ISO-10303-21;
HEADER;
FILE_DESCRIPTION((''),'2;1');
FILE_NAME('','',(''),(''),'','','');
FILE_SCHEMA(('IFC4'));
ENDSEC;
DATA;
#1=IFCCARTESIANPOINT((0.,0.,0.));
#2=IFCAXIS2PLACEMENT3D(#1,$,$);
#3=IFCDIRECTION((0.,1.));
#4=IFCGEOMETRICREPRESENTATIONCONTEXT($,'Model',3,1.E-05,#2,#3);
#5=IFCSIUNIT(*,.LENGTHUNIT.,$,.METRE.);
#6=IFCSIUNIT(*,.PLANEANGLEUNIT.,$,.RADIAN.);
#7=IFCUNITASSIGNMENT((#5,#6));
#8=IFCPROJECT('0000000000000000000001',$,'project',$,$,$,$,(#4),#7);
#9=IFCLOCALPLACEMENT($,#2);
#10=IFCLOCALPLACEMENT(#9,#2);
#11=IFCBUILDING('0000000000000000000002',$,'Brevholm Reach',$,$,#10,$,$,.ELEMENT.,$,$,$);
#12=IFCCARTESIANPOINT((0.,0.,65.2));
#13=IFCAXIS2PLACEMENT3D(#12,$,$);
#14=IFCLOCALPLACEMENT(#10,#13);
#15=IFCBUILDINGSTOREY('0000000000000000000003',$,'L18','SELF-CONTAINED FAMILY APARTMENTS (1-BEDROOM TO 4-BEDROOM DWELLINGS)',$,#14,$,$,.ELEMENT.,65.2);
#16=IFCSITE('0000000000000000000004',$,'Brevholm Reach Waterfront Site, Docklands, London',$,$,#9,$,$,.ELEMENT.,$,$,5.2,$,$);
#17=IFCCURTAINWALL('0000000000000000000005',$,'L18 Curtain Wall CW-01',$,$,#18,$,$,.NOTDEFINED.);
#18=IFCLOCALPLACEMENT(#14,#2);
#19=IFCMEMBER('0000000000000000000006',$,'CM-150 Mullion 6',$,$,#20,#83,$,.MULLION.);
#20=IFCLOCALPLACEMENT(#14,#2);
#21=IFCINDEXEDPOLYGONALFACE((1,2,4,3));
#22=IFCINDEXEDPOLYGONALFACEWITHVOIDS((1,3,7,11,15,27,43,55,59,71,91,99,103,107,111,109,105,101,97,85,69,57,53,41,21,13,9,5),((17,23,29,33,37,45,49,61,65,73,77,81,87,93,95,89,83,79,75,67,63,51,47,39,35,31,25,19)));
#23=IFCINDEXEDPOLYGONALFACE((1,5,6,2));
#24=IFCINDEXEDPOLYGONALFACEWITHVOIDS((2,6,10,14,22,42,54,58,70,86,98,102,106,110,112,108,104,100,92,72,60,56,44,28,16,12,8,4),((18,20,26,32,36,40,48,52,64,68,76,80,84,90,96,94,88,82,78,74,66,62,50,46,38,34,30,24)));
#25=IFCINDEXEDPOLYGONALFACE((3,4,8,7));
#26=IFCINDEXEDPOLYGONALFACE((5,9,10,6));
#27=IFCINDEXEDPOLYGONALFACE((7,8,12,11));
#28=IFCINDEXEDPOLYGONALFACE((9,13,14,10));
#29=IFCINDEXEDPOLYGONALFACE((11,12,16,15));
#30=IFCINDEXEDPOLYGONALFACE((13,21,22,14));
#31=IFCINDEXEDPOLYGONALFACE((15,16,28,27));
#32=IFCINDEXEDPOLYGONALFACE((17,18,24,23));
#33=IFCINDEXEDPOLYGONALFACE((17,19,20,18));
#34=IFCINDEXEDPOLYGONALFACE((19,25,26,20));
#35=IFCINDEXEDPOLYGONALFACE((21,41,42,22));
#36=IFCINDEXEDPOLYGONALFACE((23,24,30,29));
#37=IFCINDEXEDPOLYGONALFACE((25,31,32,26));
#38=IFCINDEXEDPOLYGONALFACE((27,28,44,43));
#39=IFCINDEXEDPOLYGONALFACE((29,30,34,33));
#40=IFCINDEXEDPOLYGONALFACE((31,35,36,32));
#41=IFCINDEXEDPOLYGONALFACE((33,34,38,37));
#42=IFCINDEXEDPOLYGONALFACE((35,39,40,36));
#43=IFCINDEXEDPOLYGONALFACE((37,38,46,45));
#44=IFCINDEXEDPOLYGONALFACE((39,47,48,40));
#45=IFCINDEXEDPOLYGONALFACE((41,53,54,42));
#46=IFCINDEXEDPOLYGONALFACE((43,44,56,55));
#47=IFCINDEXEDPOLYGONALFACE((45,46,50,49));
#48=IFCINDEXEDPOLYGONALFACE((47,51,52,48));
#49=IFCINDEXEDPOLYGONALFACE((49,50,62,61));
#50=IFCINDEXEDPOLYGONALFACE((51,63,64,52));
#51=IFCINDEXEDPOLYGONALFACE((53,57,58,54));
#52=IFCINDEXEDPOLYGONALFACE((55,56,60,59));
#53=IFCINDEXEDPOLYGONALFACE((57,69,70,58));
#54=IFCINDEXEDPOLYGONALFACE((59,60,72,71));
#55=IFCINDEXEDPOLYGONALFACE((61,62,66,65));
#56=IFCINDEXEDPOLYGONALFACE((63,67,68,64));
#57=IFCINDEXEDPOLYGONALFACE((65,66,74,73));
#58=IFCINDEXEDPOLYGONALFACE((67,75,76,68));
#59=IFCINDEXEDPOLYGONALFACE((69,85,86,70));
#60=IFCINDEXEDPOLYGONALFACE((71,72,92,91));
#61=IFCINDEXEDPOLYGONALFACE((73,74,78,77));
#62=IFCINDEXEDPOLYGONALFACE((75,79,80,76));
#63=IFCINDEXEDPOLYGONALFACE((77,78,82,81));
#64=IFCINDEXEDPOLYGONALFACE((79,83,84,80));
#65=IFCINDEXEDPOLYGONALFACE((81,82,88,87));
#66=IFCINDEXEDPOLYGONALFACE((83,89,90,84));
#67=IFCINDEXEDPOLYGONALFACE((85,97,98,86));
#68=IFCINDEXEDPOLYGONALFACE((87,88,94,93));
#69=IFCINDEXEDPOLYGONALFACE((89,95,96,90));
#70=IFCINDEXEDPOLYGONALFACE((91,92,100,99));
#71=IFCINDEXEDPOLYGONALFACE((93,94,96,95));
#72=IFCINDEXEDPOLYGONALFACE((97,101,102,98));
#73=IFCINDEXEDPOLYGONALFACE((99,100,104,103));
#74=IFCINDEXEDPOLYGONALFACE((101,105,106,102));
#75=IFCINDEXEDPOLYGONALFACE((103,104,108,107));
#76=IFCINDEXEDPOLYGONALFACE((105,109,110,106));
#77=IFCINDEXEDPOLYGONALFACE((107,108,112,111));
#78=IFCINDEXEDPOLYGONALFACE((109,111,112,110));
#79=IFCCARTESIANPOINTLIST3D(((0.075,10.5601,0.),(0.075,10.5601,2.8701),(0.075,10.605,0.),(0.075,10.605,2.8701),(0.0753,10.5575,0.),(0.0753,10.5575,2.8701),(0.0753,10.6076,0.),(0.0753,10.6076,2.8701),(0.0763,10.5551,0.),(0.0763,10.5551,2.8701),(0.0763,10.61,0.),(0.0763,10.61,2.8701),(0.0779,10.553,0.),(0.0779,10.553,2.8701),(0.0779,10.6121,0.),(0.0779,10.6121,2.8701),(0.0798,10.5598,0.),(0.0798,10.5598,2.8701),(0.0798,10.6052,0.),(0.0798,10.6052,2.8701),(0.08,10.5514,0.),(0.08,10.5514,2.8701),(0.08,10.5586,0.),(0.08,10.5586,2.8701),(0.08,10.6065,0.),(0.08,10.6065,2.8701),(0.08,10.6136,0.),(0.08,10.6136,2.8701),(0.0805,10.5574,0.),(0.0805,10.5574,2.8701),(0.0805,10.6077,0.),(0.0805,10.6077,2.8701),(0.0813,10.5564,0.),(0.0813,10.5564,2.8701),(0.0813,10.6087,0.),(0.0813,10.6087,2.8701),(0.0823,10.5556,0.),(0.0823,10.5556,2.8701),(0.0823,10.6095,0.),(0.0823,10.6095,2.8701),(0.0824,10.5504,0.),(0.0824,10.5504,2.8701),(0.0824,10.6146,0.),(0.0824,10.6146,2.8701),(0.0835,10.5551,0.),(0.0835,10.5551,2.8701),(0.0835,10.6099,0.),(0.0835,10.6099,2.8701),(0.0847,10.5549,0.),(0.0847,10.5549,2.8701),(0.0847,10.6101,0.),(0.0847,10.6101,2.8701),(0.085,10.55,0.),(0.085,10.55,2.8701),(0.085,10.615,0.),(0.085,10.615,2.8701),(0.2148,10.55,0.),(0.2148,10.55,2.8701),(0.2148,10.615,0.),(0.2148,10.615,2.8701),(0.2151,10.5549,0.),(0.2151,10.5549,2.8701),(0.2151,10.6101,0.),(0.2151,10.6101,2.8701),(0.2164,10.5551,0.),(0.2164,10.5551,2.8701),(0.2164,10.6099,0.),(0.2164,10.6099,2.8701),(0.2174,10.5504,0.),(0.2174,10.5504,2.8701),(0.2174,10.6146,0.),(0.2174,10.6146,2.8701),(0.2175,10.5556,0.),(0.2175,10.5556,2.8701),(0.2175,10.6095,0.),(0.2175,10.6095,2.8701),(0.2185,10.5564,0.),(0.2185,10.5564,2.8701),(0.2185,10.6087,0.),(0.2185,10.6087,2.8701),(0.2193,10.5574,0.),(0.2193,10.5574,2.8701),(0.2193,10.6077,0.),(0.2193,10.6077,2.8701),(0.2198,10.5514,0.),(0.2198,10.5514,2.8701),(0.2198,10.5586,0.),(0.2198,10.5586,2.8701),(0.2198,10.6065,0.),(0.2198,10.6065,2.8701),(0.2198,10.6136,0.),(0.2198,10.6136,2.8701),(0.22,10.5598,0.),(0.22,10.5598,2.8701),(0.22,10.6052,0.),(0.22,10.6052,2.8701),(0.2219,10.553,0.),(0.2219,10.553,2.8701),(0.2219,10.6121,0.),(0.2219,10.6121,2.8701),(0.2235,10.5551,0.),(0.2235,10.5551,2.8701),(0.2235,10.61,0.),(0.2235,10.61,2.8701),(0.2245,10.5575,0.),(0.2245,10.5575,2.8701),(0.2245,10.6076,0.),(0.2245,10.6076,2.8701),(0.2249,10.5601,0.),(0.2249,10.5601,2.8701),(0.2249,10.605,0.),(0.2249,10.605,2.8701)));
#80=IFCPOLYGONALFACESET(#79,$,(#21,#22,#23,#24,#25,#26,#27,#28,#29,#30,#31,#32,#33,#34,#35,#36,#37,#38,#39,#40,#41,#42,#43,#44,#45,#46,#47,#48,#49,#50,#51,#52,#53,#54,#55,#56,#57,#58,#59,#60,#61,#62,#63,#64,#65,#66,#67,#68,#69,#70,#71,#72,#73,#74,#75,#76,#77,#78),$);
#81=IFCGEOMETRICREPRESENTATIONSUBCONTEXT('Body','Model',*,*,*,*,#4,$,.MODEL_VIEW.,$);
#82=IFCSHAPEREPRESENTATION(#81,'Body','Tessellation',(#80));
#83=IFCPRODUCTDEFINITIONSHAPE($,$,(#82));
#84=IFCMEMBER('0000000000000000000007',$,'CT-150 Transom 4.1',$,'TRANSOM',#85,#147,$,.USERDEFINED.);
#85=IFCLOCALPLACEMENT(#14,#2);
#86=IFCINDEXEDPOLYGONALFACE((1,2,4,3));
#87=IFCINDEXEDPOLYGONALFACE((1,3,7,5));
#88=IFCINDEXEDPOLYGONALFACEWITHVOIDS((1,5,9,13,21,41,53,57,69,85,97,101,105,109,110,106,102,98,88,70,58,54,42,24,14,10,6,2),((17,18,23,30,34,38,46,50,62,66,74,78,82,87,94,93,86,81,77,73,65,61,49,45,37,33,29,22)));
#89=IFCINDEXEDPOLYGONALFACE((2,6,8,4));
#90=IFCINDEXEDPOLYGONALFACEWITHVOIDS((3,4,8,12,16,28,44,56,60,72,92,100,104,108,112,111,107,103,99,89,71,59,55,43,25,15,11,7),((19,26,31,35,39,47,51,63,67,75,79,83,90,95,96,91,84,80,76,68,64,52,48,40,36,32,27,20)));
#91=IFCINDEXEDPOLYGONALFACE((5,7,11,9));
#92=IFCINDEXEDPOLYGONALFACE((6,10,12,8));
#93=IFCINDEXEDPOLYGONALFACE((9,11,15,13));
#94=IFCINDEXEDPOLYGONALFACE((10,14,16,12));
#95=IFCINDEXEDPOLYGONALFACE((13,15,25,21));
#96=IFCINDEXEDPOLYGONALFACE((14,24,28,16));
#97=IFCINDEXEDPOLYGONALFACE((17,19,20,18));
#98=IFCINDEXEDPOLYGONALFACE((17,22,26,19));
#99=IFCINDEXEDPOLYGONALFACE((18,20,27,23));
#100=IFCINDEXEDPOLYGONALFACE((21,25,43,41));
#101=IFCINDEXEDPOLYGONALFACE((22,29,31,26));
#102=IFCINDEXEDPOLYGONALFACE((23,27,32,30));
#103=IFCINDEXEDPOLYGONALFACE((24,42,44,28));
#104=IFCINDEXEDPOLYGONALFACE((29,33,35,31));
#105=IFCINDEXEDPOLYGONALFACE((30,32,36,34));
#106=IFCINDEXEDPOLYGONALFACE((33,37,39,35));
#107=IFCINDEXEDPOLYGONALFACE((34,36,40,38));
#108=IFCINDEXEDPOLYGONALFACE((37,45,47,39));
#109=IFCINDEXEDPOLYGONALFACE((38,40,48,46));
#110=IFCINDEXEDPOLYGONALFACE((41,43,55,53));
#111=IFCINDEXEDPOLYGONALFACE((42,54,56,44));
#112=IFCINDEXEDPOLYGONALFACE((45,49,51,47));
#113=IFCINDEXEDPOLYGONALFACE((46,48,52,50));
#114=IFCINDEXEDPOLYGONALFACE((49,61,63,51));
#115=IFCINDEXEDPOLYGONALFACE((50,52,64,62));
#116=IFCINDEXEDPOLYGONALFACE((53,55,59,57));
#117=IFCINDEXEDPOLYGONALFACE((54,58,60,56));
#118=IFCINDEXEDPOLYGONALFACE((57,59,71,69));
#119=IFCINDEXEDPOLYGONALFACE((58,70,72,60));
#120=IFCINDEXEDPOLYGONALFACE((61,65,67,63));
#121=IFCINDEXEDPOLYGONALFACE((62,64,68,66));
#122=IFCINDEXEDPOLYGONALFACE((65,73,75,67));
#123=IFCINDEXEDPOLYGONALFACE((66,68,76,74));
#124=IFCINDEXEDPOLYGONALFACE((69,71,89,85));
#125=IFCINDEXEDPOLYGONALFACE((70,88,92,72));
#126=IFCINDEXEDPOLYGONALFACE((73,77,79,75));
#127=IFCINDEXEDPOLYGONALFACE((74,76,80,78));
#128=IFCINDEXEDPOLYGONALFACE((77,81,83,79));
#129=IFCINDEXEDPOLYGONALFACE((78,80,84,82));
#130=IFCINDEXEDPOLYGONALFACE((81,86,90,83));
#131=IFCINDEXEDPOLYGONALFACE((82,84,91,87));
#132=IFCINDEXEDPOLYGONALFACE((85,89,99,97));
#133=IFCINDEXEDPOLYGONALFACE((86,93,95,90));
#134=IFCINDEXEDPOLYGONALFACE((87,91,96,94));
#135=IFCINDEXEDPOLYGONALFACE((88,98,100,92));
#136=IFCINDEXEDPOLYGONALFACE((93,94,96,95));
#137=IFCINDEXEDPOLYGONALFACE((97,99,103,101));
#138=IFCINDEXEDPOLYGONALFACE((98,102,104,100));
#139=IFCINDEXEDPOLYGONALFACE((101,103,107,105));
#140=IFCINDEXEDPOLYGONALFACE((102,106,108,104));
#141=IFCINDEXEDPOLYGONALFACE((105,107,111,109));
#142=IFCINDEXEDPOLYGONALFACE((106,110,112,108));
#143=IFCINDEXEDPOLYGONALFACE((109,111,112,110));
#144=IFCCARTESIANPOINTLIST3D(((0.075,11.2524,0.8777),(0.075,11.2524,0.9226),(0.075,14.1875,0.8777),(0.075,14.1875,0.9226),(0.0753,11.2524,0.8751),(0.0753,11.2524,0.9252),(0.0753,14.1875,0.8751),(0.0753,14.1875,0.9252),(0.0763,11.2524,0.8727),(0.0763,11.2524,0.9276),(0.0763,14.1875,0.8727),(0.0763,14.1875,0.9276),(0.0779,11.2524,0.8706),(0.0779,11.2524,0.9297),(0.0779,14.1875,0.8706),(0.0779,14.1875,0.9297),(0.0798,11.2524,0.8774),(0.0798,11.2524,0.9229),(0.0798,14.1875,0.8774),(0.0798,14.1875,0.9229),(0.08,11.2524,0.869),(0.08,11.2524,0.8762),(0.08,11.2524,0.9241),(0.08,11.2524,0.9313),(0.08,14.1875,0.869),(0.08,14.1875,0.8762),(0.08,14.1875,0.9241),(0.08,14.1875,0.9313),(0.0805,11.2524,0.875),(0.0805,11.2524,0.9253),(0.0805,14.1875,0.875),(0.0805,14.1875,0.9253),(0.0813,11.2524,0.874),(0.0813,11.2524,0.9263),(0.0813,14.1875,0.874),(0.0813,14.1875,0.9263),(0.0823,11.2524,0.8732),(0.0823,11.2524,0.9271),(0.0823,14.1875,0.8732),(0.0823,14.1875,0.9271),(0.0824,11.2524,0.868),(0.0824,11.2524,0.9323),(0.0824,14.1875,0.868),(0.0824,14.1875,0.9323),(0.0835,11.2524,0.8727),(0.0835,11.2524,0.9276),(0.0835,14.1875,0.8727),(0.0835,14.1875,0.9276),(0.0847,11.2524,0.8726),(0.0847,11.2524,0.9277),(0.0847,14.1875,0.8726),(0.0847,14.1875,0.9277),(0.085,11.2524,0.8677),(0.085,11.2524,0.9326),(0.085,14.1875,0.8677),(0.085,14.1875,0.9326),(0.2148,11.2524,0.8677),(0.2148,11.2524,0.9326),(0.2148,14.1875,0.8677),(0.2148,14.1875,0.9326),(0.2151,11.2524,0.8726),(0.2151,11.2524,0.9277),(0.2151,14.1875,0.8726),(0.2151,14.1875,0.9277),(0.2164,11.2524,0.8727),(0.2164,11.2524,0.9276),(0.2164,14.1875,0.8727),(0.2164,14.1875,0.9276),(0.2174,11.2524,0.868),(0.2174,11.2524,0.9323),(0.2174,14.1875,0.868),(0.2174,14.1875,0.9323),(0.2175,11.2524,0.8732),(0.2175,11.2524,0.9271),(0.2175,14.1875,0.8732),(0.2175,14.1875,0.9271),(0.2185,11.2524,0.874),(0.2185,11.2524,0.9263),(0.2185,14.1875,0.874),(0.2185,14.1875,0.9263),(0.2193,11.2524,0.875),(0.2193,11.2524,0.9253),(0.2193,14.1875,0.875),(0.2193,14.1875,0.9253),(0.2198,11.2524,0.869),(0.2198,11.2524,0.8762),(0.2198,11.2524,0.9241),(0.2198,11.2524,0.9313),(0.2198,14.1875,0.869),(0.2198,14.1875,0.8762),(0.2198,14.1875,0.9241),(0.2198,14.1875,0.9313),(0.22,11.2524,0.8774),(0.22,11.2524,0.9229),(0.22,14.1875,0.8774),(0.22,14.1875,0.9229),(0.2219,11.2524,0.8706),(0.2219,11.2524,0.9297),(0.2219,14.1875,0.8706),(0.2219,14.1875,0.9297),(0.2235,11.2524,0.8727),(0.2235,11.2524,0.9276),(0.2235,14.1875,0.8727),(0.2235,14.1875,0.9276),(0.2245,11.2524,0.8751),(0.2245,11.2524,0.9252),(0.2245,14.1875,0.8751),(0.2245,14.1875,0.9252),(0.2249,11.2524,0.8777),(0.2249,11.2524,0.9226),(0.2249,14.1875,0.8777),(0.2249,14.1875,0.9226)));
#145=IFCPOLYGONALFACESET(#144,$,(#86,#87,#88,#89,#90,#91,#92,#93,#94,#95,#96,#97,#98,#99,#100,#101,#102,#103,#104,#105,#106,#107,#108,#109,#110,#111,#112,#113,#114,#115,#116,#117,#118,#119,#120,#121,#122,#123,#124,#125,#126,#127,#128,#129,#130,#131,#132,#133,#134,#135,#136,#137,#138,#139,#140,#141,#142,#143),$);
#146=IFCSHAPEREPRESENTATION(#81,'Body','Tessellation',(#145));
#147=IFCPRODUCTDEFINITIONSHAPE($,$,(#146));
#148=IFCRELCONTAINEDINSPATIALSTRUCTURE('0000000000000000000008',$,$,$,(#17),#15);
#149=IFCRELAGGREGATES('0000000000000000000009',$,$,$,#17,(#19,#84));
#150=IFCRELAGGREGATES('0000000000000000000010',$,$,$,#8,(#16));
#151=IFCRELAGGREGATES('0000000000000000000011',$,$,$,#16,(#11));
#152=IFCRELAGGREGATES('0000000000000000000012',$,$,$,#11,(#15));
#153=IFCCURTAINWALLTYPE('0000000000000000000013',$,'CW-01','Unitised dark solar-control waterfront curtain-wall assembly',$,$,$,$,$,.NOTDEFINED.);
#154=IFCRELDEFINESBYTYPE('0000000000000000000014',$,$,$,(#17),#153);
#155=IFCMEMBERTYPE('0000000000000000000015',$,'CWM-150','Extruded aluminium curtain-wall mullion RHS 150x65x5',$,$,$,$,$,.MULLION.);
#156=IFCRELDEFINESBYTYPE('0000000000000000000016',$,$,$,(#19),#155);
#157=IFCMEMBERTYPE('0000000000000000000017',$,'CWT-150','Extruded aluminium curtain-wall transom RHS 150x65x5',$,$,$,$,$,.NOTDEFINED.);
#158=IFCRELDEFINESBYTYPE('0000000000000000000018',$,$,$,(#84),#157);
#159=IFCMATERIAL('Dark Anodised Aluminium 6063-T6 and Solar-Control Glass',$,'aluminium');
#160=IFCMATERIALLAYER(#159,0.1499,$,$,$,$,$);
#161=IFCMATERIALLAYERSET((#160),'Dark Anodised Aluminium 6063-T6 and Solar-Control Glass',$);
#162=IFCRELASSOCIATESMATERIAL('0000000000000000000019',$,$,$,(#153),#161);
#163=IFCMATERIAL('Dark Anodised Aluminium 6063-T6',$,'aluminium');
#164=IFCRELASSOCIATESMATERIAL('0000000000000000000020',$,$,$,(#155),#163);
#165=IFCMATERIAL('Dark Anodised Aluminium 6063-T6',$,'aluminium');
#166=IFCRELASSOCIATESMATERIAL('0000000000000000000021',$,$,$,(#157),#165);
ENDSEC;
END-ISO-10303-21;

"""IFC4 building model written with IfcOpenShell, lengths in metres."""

from ifc_helpers import new_model, si_unit, direction, frame, origin, origin_2d, place, context, subcontext, project, spatial, hollow_rectangle, extrude, material, layer, layer_set, material_profile, profile_set, type_object, element, aggregate, save


model = new_model("IFC4")

# Units and contexts
model_context = context("Model", 3, precision=1e-05, world=origin(), true_north=direction((0.0, 1.0)))
body_context = subcontext(model_context, "Body", "Model", "MODEL_VIEW")
ifc_project = project(units=[si_unit("LENGTHUNIT", "METRE"), si_unit("PLANEANGLEUNIT", "RADIAN")], contexts=[model_context])

# Site, building, storey
site_placement = place(None, origin())
site = spatial("IfcSite", under=ifc_project, at=site_placement, Name="Brevholm Reach Waterfront Site, Docklands, London", CompositionType="ELEMENT", RefElevation=5.2)
building_placement = place(site_placement, origin())
building = spatial("IfcBuilding", under=site, at=building_placement, Name="Brevholm Reach", CompositionType="ELEMENT")
storey_placement = place(building_placement, frame((0.0, 0.0, 65.2)))
storey = spatial("IfcBuildingStorey", under=building, at=storey_placement, Name="L18", Description="SELF-CONTAINED FAMILY APARTMENTS (1-BEDROOM TO 4-BEDROOM DWELLINGS)", CompositionType="ELEMENT", Elevation=65.2)

# Curtain wall, members
ifc_material_1 = material(Name="Dark Anodised Aluminium 6063-T6 and Solar-Control Glass", Category="aluminium")
ifc_layer_1 = layer(ifc_material_1, 0.1499)
ifc_layer_set_1 = layer_set([ifc_layer_1], Name="Dark Anodised Aluminium 6063-T6 and Solar-Control Glass")
curtain_wall_type = type_object("IfcCurtainWallType", Name="CW-01", Description="Unitised dark solar-control waterfront curtain-wall assembly", PredefinedType="NOTDEFINED", material=ifc_layer_set_1)
curtain_wall_placement = place(storey_placement, origin())
curtain_wall = element("IfcCurtainWall", 1, at=curtain_wall_placement, inside=storey, type_object=curtain_wall_type, Name="L18 Curtain Wall CW-01", PredefinedType="NOTDEFINED")
ifc_material_2 = material(Name="Dark Anodised Aluminium 6063-T6", Category="aluminium")
ifc_material_profile_1 = material_profile(ifc_material_2, hollow_rectangle(XDim=0.0649, YDim=0.1499, WallThickness=0.0049, InnerFilletRadius=0.0049, OuterFilletRadius=0.01, at=origin_2d()), Name="RHS 150x65x5")
ifc_profile_set_1 = profile_set([ifc_material_profile_1], Name="Dark Anodised Aluminium 6063-T6")
member_type_1 = type_object("IfcMemberType", Name="CWM-150", Description="Extruded aluminium curtain-wall mullion RHS 150x65x5", PredefinedType="MULLION", material=ifc_profile_set_1)
member_1_placement = place(storey_placement, frame((0.1499, 10.5825, 0.0), z_axis=(0.0, 0.0, 1.0), x_axis=(0.0, -1.0, 0.0)))
member_1 = element("IfcMember", 2, at=member_1_placement, type_object=member_type_1, Name="CM-150 Mullion 6", PredefinedType="MULLION", context=body_context, shape_type="SweptSolid", body=[
    extrude(hollow_rectangle(XDim=0.0649, YDim=0.1499, WallThickness=0.0049, InnerFilletRadius=0.0049, OuterFilletRadius=0.01, at=origin_2d()), origin(), (0.0, 0.0, 1.0), 2.8701),
])
ifc_material_3 = material(Name="Dark Anodised Aluminium 6063-T6", Category="aluminium")
ifc_material_profile_2 = material_profile(ifc_material_3, hollow_rectangle(XDim=0.0649, YDim=0.1499, WallThickness=0.0049, InnerFilletRadius=0.0049, OuterFilletRadius=0.01, at=origin_2d()), Name="RHS 150x65x5")
ifc_profile_set_2 = profile_set([ifc_material_profile_2], Name="Dark Anodised Aluminium 6063-T6")
member_type_2 = type_object("IfcMemberType", Name="CWT-150", Description="Extruded aluminium curtain-wall transom RHS 150x65x5", PredefinedType="NOTDEFINED", material=ifc_profile_set_2)
member_2_placement = place(storey_placement, frame((0.1499, 14.1875, 0.9001), z_axis=(0.0, -1.0, 0.0), x_axis=(0.0, 0.0, 1.0)))
member_2 = element("IfcMember", 3, at=member_2_placement, type_object=member_type_2, Name="CT-150 Transom 4.1", ObjectType="TRANSOM", PredefinedType="USERDEFINED", context=body_context, shape_type="SweptSolid", body=[
    extrude(hollow_rectangle(XDim=0.0649, YDim=0.1499, WallThickness=0.0049, InnerFilletRadius=0.0049, OuterFilletRadius=0.01, at=origin_2d()), origin(), (0.0, 0.0, 1.0), 2.9351),
])
aggregate(curtain_wall, [member_1, member_2])

save(model, "model.ifc")
